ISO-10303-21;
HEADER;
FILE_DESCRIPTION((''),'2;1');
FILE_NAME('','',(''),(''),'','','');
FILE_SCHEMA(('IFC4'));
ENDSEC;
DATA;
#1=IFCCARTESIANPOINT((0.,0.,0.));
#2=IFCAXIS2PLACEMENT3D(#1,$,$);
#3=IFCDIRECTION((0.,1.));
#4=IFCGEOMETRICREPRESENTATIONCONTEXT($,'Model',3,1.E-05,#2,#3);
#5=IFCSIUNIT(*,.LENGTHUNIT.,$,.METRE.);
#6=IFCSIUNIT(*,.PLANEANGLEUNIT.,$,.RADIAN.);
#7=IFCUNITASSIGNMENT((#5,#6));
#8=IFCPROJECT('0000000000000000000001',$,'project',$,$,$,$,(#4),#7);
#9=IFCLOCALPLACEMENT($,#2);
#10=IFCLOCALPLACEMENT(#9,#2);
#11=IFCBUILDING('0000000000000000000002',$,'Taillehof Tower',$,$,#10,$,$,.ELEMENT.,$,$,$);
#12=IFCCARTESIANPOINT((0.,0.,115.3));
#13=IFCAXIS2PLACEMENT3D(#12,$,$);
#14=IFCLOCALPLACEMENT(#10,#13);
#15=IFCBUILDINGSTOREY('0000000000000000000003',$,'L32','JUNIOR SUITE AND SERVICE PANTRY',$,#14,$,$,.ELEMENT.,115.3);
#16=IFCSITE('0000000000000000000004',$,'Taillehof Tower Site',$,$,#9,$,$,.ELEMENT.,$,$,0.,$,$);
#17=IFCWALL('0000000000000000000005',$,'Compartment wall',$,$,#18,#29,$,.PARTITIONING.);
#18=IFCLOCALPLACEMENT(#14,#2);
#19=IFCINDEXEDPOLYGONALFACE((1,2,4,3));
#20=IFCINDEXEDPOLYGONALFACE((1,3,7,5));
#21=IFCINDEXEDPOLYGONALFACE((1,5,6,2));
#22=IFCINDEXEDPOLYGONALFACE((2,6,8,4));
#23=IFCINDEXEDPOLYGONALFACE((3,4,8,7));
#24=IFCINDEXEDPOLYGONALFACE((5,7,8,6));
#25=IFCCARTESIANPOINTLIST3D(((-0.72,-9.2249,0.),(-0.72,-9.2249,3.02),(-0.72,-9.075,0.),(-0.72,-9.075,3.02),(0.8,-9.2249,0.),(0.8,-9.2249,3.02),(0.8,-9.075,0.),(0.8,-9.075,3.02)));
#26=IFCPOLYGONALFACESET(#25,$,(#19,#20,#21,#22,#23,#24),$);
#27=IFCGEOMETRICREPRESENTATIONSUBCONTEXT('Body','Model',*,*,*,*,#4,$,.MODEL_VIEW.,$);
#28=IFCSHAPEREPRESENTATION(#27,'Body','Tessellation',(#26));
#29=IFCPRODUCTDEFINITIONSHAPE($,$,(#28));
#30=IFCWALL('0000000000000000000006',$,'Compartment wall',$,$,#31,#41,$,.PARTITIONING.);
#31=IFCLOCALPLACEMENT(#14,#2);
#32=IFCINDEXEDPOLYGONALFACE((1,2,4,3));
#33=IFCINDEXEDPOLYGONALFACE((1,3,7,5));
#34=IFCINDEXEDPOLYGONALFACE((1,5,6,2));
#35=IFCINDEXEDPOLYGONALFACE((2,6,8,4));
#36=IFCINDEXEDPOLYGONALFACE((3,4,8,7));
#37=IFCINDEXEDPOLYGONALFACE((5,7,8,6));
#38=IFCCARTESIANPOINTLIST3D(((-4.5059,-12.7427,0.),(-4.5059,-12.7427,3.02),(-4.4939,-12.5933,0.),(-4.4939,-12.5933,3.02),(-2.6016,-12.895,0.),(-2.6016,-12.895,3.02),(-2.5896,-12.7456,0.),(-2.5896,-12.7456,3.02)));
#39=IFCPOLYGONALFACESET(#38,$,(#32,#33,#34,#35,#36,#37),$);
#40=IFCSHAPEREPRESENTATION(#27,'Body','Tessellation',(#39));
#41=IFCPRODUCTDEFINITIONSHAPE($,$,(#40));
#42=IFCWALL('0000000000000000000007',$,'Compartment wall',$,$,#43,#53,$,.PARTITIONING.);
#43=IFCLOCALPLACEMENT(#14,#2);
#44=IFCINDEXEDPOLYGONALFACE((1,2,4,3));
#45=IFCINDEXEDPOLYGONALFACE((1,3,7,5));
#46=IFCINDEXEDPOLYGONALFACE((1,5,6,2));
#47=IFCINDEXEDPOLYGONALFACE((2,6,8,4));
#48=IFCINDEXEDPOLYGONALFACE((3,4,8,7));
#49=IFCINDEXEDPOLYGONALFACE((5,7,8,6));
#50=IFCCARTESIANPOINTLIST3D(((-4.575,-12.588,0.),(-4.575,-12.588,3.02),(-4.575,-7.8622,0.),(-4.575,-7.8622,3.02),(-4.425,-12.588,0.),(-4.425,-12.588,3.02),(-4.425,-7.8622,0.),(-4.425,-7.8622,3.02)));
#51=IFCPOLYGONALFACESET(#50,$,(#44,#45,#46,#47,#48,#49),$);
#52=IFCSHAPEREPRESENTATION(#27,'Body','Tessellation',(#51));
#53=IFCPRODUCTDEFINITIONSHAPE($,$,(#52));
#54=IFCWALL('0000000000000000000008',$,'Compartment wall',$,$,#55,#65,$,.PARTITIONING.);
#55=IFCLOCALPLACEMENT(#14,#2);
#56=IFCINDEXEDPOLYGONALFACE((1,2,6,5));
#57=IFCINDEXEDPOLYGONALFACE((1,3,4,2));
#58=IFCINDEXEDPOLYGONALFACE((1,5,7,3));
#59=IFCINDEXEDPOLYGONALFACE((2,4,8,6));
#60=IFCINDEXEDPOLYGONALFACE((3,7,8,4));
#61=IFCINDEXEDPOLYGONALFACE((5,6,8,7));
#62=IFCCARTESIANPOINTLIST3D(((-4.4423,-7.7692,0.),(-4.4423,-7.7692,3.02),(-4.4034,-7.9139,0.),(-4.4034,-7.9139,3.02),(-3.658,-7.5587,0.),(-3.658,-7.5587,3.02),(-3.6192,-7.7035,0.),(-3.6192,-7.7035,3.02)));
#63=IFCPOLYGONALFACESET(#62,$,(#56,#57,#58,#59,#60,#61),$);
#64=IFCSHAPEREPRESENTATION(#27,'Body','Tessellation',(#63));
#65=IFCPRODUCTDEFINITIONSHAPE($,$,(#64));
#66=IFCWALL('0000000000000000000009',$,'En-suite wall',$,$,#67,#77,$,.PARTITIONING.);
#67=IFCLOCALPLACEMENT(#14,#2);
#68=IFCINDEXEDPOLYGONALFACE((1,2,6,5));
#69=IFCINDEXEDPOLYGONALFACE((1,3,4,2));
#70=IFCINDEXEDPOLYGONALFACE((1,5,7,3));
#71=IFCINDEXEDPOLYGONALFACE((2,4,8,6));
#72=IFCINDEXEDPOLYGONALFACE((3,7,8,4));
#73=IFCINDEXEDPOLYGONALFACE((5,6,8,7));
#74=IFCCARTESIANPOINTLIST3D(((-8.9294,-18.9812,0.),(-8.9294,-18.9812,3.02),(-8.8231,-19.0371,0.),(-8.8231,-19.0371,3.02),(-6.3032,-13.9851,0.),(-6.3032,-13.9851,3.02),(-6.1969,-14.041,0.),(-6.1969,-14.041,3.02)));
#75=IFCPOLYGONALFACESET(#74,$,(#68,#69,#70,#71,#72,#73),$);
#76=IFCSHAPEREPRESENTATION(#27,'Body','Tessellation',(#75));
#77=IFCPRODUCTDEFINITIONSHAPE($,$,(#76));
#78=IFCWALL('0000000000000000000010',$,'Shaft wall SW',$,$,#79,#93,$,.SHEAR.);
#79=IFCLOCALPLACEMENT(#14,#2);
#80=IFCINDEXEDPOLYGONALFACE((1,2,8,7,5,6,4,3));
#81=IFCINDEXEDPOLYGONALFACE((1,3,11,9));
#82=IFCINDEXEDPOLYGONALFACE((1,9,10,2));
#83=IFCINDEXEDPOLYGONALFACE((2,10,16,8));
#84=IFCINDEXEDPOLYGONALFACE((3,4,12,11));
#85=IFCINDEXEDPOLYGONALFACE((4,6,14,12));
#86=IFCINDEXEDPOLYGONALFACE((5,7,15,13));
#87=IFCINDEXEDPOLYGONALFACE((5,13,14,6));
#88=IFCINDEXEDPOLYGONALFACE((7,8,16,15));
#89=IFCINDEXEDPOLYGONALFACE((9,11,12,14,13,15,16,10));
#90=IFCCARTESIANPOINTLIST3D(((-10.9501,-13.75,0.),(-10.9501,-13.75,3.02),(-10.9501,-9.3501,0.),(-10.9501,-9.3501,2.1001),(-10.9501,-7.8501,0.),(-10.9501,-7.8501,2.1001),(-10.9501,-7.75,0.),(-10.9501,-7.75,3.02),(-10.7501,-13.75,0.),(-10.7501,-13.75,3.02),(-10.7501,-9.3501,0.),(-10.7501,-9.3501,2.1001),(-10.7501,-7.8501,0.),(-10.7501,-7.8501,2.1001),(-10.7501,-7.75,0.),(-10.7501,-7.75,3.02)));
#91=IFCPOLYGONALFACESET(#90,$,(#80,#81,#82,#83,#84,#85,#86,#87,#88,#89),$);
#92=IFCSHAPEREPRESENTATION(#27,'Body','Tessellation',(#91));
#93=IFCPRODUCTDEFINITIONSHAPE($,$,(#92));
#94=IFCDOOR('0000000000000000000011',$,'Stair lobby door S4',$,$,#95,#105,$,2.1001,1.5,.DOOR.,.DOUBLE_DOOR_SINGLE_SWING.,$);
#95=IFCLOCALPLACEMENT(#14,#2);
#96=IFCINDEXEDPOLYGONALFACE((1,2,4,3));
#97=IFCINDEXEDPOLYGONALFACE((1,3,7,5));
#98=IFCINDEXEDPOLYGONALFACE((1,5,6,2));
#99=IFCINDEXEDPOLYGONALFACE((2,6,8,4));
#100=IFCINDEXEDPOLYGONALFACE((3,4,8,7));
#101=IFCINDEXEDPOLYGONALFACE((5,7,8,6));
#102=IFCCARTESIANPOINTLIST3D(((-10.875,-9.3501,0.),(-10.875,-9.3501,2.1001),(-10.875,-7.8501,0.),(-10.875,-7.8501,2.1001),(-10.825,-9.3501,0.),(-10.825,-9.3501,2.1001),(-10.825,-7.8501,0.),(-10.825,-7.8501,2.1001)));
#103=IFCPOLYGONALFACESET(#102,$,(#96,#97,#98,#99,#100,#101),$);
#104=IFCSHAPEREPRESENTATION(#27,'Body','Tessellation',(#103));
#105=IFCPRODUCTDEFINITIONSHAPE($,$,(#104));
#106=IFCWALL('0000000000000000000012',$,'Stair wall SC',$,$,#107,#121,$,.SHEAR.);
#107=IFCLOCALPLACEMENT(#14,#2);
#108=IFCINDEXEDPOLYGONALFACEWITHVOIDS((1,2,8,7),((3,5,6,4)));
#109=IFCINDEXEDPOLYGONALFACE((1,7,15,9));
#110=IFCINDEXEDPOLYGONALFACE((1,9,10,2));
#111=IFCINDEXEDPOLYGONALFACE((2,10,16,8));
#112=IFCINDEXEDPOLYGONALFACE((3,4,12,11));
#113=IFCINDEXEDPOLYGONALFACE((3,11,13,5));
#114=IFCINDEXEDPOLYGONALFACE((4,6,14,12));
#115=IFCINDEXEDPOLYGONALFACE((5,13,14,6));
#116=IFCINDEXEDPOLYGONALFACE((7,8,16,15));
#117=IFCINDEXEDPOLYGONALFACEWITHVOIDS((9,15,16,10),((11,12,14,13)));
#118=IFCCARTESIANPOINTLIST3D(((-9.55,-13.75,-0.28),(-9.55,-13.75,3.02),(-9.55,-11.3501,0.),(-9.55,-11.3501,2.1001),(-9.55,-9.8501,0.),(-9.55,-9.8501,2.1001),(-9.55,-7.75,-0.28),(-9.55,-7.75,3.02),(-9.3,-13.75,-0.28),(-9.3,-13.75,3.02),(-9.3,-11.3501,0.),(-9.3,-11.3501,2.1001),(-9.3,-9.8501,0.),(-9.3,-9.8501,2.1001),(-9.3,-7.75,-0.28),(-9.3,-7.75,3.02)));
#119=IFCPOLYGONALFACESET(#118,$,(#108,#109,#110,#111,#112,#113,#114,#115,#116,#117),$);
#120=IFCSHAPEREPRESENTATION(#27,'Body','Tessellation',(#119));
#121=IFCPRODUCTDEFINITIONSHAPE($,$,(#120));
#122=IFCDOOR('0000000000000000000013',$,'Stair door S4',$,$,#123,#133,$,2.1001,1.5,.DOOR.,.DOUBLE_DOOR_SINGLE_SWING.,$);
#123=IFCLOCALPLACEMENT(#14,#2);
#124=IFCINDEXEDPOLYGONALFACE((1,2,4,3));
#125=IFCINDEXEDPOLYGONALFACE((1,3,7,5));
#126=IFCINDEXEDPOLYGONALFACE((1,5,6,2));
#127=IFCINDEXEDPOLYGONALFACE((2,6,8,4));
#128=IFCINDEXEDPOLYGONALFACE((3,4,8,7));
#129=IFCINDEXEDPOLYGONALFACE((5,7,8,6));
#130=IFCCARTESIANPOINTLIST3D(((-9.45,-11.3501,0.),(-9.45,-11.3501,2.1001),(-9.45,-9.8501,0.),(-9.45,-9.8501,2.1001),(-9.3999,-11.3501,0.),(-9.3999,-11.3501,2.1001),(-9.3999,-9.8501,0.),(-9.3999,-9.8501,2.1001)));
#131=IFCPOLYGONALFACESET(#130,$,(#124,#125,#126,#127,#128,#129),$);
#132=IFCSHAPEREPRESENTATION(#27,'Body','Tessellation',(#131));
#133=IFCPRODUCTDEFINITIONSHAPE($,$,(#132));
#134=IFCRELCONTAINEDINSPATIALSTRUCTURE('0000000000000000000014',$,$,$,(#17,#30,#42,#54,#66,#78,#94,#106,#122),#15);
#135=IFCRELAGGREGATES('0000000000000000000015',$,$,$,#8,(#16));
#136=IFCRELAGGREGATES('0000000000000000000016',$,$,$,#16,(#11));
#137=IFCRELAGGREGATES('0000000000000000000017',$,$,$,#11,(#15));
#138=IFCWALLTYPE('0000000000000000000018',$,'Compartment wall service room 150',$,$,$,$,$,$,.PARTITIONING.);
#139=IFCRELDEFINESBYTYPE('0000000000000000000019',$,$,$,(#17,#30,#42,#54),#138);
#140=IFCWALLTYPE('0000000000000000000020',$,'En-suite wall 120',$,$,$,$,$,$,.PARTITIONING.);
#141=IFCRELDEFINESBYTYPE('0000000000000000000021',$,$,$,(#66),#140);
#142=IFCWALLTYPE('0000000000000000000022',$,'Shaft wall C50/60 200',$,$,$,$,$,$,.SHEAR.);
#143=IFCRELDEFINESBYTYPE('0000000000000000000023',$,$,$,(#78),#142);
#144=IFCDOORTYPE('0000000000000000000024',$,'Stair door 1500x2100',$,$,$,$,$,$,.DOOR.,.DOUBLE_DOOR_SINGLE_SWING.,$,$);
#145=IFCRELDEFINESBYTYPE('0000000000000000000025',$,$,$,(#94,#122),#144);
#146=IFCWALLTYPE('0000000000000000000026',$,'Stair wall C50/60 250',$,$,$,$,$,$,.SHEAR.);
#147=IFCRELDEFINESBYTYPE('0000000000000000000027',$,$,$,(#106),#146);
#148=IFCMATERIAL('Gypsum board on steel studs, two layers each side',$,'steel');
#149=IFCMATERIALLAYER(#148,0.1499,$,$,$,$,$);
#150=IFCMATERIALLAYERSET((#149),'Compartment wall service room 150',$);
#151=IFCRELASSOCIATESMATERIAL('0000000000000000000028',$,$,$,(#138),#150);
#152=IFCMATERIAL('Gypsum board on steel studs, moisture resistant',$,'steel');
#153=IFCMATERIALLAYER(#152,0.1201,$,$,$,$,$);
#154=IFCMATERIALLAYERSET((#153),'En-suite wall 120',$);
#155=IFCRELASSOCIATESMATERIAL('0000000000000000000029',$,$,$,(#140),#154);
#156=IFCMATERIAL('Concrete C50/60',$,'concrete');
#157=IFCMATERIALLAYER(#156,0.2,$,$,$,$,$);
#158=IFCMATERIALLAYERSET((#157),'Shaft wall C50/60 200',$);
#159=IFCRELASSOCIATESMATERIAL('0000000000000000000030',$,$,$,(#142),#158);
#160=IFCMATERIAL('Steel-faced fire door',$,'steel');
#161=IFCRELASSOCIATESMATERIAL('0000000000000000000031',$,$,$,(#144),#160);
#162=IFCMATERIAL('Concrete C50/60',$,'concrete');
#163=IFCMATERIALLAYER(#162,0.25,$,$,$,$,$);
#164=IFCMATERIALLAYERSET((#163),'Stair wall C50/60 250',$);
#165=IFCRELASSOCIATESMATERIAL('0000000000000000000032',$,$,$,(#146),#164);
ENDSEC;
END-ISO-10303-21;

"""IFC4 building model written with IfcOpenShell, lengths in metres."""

from ifc_helpers import new_model, si_unit, direction, frame, frame_2d, origin, place, context, subcontext, project, spatial, rectangle, extrude, material, layer, layer_set, type_object, element, fill, save


model = new_model("IFC4")

# Units and contexts
model_context = context("Model", 3, precision=1e-05, world=origin(), true_north=direction((0.0, 1.0)))
body_context = subcontext(model_context, "Body", "Model", "MODEL_VIEW")
ifc_project = project(units=[si_unit("LENGTHUNIT", "METRE"), si_unit("PLANEANGLEUNIT", "RADIAN")], contexts=[model_context])

# Site, building, storey
site_placement = place(None, origin())
site = spatial("IfcSite", under=ifc_project, at=site_placement, Name="Taillehof Tower Site", CompositionType="ELEMENT", RefElevation=0.0)
building_placement = place(site_placement, origin())
building = spatial("IfcBuilding", under=site, at=building_placement, Name="Taillehof Tower", CompositionType="ELEMENT")
storey_placement = place(building_placement, frame((0.0, 0.0, 115.3)))
storey = spatial("IfcBuildingStorey", under=building, at=storey_placement, Name="L32", Description="JUNIOR SUITE AND SERVICE PANTRY", CompositionType="ELEMENT", Elevation=115.3)

# Walls
ifc_material_1 = material(Name="Gypsum board on steel studs, two layers each side", Category="steel")
ifc_layer_1 = layer(ifc_material_1, 0.1499)
ifc_layer_set_1 = layer_set([ifc_layer_1], Name="Compartment wall service room 150")
wall_type_1 = type_object("IfcWallType", Name="Compartment wall service room 150", PredefinedType="PARTITIONING", material=ifc_layer_set_1)
wall_1_placement = place(storey_placement, frame((-0.72, -9.1499, 0.0), z_axis=(0.0, 0.0, 1.0), x_axis=(1.0, 0.0, 0.0)))
element("IfcWall", 1, at=wall_1_placement, inside=storey, type_object=wall_type_1, Name="Compartment wall", PredefinedType="PARTITIONING", context=body_context, shape_type="SweptSolid", body=[
    extrude(rectangle(XDim=1.52, YDim=0.1499, at=frame_2d((0.76, 0.0))), origin(), (0.0, 0.0, 1.0), 3.02),
])
wall_2_placement = place(storey_placement, frame((-2.5957, -12.8203, 0.0), z_axis=(0.0, 0.0, 1.0), x_axis=(-0.996815, 0.079745, 0.0)))
element("IfcWall", 2, at=wall_2_placement, inside=storey, type_object=wall_type_1, Name="Compartment wall", PredefinedType="PARTITIONING", context=body_context, shape_type="SweptSolid", body=[
    extrude(rectangle(XDim=1.9104, YDim=0.1499, at=frame_2d((0.9551, 0.0))), origin(), (0.0, 0.0, 1.0), 3.02),
])
wall_3_placement = place(storey_placement, frame((-4.5, -12.5879, 0.0), z_axis=(0.0, 0.0, 1.0), x_axis=(0.0, 1.0, 0.0)))
element("IfcWall", 3, at=wall_3_placement, inside=storey, type_object=wall_type_1, Name="Compartment wall", PredefinedType="PARTITIONING", context=body_context, shape_type="SweptSolid", body=[
    extrude(rectangle(XDim=4.7258, YDim=0.1499, at=frame_2d((2.3628, 0.0))), origin(), (0.0, 0.0, 1.0), 3.02),
])
wall_4_placement = place(storey_placement, frame((-4.4229, -7.8416, 0.0), z_axis=(0.0, 0.0, 1.0), x_axis=(0.965824, 0.259197, 0.0)))
element("IfcWall", 4, at=wall_4_placement, inside=storey, type_object=wall_type_1, Name="Compartment wall", PredefinedType="PARTITIONING", context=body_context, shape_type="SweptSolid", body=[
    extrude(rectangle(XDim=0.812, YDim=0.1499, at=frame_2d((0.406, 0.0))), origin(), (0.0, 0.0, 1.0), 3.02),
])
ifc_material_2 = material(Name="Gypsum board on steel studs, moisture resistant", Category="steel")
ifc_layer_2 = layer(ifc_material_2, 0.1201)
ifc_layer_set_2 = layer_set([ifc_layer_2], Name="En-suite wall 120")
wall_type_2 = type_object("IfcWallType", Name="En-suite wall 120", PredefinedType="PARTITIONING", material=ifc_layer_set_2)
wall_5_placement = place(storey_placement, frame((-6.25, -14.0129, 0.0), z_axis=(0.0, 0.0, 1.0), x_axis=(-0.465288, -0.885159, 0.0)))
element("IfcWall", 5, at=wall_5_placement, inside=storey, type_object=wall_type_2, Name="En-suite wall", PredefinedType="PARTITIONING", context=body_context, shape_type="SweptSolid", body=[
    extrude(rectangle(XDim=5.6443, YDim=0.1201, at=frame_2d((2.8223, 0.0))), origin(), (0.0, 0.0, 1.0), 3.02),
])

# Walls, openings, doors
ifc_material_3 = material(Name="Concrete C50/60", Category="concrete")
ifc_layer_3 = layer(ifc_material_3, 0.2)
ifc_layer_set_3 = layer_set([ifc_layer_3], Name="Shaft wall C50/60 200")
wall_type_3 = type_object("IfcWallType", Name="Shaft wall C50/60 200", PredefinedType="SHEAR", material=ifc_layer_set_3)
wall_6_placement = place(storey_placement, frame((-10.8501, -13.75, 0.0), z_axis=(0.0, 0.0, 1.0), x_axis=(0.0, 1.0, 0.0)))
wall_6 = element("IfcWall", 6, at=wall_6_placement, inside=storey, type_object=wall_type_3, Name="Shaft wall SW", PredefinedType="SHEAR", context=body_context, shape_type="SweptSolid", body=[
    extrude(rectangle(XDim=6.0, YDim=0.2, at=frame_2d((3.0, 0.0))), origin(), (0.0, 0.0, 1.0), 3.02),
])
opening_1_placement = place(wall_6_placement, frame((4.3999, 0.0, 0.0)))
opening_1 = element("IfcOpeningElement", 7, at=opening_1_placement, cuts=wall_6, PredefinedType="OPENING", context=body_context, shape_type="SweptSolid", body=[
    extrude(rectangle(XDim=1.5, YDim=2.1001, at=frame_2d((0.75, 1.05))), frame((0.0, 0.1099, 0.0), z_axis=(0.0, -1.0, 0.0), x_axis=(1.0, 0.0, 0.0)), (0.0, 0.0, 1.0), 0.22),
])
ifc_material_4 = material(Name="Steel-faced fire door", Category="steel")
door_type = type_object("IfcDoorType", Name="Stair door 1500x2100", OperationType="DOUBLE_DOOR_SINGLE_SWING", PredefinedType="DOOR", material=ifc_material_4)
door_1_placement = place(opening_1_placement, origin())
door_1 = element("IfcDoor", 8, at=door_1_placement, inside=storey, type_object=door_type, Name="Stair lobby door S4", OperationType="DOUBLE_DOOR_SINGLE_SWING", OverallHeight=2.1001, OverallWidth=1.5, PredefinedType="DOOR", context=body_context, shape_type="SweptSolid", body=[
    extrude(rectangle(XDim=1.5, YDim=2.1001, at=frame_2d((0.75, 1.05))), frame((0.0, 0.0249, 0.0), z_axis=(0.0, -1.0, 0.0), x_axis=(1.0, 0.0, 0.0)), (0.0, 0.0, 1.0), 0.05),
])
fill(opening_1, door_1)
ifc_material_5 = material(Name="Concrete C50/60", Category="concrete")
ifc_layer_4 = layer(ifc_material_5, 0.25)
ifc_layer_set_4 = layer_set([ifc_layer_4], Name="Stair wall C50/60 250")
wall_type_4 = type_object("IfcWallType", Name="Stair wall C50/60 250", PredefinedType="SHEAR", material=ifc_layer_set_4)
wall_7_placement = place(storey_placement, frame((-9.425, -13.75, -0.28), z_axis=(0.0, 0.0, 1.0), x_axis=(0.0, 1.0, 0.0)))
wall_7 = element("IfcWall", 9, at=wall_7_placement, inside=storey, type_object=wall_type_4, Name="Stair wall SC", PredefinedType="SHEAR", context=body_context, shape_type="SweptSolid", body=[
    extrude(rectangle(XDim=6.0, YDim=0.25, at=frame_2d((3.0, 0.0))), origin(), (0.0, 0.0, 1.0), 3.3),
])
opening_2_placement = place(wall_7_placement, frame((2.3999, 0.0, 0.28)))
opening_2 = element("IfcOpeningElement", 10, at=opening_2_placement, cuts=wall_7, PredefinedType="OPENING", context=body_context, shape_type="SweptSolid", body=[
    extrude(rectangle(XDim=1.5, YDim=2.1001, at=frame_2d((0.75, 1.05))), frame((0.0, 0.135, 0.0), z_axis=(0.0, -1.0, 0.0), x_axis=(1.0, 0.0, 0.0)), (0.0, 0.0, 1.0), 0.27),
])
door_2_placement = place(opening_2_placement, origin())
door_2 = element("IfcDoor", 11, at=door_2_placement, inside=storey, type_object=door_type, Name="Stair door S4", OperationType="DOUBLE_DOOR_SINGLE_SWING", OverallHeight=2.1001, OverallWidth=1.5, PredefinedType="DOOR", context=body_context, shape_type="SweptSolid", body=[
    extrude(rectangle(XDim=1.5, YDim=2.1001, at=frame_2d((0.75, 1.05))), frame((0.0, 0.0249, 0.0), z_axis=(0.0, -1.0, 0.0), x_axis=(1.0, 0.0, 0.0)), (0.0, 0.0, 1.0), 0.05),
])
fill(opening_2, door_2)

save(model, "model.ifc")
